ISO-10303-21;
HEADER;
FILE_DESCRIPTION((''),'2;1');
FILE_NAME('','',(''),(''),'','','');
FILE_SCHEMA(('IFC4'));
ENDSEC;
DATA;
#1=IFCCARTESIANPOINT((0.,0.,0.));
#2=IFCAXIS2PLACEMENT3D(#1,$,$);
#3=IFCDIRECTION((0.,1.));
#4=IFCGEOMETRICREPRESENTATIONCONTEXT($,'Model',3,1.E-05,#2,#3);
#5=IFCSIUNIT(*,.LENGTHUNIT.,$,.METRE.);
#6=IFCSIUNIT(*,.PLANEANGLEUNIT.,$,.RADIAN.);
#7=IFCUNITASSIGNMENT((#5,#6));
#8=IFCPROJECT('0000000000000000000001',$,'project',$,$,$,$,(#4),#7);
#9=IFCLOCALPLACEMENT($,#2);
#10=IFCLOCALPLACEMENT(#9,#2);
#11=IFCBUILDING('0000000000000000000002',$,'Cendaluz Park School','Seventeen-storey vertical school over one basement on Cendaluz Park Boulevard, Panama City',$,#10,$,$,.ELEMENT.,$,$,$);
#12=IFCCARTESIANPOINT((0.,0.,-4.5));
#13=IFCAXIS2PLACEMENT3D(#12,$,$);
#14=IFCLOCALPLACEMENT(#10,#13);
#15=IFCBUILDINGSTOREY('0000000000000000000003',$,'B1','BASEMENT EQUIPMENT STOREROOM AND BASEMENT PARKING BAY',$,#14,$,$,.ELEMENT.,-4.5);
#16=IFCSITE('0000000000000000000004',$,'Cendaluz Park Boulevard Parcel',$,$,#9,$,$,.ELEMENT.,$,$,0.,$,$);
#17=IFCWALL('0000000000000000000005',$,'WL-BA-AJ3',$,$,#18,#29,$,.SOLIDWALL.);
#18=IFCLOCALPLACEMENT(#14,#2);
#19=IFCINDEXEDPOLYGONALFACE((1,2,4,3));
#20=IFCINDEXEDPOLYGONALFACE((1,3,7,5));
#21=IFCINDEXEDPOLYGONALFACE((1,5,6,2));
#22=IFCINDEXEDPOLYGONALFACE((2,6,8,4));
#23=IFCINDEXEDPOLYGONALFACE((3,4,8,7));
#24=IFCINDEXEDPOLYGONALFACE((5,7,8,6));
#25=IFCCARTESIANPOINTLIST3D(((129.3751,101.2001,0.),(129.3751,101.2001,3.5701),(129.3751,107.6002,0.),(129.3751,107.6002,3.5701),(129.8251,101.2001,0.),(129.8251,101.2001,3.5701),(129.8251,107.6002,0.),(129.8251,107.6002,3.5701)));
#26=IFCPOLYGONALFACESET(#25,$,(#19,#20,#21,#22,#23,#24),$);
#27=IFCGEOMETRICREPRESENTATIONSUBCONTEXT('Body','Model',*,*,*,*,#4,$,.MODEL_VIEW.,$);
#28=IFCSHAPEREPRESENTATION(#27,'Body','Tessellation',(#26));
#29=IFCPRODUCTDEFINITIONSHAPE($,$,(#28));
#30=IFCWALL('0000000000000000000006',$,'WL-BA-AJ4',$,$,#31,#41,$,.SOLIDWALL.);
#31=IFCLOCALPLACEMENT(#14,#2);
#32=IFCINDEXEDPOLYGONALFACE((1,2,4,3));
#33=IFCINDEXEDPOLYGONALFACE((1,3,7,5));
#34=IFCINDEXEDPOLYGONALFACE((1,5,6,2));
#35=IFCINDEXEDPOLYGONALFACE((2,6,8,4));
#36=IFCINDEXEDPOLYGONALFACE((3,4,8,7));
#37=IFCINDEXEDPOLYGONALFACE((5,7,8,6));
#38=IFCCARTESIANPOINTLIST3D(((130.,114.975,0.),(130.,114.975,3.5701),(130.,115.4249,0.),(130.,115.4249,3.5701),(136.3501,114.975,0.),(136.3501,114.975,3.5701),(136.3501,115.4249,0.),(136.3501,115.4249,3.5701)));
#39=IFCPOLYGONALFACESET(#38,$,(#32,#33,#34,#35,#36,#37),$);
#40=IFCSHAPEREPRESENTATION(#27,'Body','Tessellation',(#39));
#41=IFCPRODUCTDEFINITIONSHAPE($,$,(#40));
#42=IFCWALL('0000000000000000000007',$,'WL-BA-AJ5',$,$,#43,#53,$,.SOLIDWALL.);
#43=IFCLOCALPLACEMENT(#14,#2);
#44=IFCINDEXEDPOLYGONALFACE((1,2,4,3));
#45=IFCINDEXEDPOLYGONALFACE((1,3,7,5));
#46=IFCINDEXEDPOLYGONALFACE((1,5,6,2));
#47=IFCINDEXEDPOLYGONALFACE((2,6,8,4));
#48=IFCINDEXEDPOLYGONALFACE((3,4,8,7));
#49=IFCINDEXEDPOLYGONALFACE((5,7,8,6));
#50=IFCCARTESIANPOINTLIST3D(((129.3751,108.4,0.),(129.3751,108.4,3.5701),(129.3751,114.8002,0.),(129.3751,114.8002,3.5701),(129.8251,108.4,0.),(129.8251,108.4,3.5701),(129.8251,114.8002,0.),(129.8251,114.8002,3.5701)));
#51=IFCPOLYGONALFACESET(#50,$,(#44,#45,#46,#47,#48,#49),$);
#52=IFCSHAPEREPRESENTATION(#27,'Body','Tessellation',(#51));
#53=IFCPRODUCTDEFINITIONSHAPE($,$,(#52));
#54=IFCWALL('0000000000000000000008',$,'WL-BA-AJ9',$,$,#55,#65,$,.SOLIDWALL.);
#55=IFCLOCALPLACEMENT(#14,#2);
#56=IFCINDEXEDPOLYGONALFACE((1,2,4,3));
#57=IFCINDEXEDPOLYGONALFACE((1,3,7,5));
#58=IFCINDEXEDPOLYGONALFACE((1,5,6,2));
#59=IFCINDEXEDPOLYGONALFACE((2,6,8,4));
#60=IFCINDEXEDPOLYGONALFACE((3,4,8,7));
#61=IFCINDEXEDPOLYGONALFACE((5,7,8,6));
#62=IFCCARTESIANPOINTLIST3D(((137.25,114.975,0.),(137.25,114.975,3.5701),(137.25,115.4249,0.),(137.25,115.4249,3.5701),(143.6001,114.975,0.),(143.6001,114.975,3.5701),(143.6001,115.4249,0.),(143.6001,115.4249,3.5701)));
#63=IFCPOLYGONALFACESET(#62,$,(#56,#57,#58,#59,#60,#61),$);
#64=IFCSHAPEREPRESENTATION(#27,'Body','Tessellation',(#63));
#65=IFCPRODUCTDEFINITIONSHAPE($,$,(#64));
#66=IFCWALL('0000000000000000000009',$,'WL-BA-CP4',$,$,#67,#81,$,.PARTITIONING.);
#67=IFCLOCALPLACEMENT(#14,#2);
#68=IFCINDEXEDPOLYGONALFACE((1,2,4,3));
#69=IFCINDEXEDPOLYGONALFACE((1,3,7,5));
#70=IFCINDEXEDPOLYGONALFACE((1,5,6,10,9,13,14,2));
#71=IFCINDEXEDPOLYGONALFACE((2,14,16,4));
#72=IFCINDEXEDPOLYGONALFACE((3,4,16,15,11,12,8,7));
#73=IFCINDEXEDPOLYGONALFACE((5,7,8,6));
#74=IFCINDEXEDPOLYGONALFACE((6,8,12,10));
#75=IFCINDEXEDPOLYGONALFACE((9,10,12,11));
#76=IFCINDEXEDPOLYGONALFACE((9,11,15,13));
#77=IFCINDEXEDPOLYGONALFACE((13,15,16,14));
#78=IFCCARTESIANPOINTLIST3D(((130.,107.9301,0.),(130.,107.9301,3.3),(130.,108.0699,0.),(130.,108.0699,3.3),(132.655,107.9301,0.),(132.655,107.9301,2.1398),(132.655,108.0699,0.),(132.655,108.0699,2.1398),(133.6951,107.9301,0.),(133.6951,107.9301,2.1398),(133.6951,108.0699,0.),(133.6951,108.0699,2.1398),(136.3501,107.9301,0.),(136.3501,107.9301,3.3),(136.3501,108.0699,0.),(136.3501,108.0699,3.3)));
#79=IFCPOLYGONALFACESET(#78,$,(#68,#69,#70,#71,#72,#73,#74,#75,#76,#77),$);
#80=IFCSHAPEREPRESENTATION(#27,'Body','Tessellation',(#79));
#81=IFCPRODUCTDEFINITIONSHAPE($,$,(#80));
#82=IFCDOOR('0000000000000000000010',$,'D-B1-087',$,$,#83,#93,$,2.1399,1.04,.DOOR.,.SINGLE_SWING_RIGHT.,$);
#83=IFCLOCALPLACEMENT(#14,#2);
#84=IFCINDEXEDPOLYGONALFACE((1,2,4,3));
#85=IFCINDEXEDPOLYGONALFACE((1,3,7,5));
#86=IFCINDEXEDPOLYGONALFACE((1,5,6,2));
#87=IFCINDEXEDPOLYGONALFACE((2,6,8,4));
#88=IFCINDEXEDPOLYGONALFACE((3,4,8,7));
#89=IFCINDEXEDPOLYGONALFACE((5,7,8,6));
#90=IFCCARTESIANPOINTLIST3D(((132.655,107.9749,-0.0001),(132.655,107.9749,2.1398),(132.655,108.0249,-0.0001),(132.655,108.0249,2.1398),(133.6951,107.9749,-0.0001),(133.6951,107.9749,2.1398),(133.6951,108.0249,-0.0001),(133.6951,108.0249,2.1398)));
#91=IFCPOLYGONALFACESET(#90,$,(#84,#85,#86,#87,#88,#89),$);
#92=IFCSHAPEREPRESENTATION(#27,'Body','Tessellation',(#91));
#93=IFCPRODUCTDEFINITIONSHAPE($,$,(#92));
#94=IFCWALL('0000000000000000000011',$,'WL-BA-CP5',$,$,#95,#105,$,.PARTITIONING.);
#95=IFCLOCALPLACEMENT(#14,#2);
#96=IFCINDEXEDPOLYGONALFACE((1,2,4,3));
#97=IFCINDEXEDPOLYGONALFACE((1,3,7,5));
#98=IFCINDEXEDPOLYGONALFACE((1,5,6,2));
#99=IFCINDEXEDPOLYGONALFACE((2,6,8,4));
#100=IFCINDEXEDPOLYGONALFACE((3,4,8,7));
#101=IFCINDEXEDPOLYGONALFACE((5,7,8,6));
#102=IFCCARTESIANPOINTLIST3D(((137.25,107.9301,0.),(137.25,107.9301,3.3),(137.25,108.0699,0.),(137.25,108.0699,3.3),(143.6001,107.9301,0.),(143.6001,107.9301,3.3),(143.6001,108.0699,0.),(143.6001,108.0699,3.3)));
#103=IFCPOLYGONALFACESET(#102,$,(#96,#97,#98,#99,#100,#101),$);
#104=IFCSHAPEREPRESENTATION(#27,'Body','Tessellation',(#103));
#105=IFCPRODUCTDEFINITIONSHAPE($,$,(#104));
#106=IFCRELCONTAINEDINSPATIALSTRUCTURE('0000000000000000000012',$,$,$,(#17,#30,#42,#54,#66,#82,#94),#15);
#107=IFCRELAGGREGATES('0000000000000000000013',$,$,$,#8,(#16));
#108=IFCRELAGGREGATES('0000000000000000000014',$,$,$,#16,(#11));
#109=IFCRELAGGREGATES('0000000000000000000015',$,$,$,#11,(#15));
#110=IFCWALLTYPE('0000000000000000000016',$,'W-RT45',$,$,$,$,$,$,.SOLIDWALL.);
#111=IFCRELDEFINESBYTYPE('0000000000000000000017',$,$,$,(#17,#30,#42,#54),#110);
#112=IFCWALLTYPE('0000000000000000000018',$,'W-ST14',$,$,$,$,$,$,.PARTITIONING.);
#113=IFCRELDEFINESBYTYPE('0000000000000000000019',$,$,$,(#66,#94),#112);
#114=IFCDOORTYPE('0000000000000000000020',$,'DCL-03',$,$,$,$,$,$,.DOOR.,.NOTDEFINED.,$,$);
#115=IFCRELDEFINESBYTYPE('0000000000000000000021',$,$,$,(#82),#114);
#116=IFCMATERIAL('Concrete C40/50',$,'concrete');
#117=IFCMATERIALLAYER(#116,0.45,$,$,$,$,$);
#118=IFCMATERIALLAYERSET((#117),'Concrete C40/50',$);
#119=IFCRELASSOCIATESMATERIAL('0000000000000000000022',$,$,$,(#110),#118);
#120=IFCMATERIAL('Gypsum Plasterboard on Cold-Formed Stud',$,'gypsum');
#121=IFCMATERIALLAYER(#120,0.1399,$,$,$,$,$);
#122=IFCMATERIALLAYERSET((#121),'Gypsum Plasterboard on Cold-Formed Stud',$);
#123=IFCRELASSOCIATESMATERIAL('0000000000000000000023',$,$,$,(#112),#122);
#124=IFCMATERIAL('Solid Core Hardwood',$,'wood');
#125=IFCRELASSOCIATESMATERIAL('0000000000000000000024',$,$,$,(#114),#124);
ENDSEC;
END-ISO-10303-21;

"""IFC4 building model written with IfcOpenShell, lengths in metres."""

from ifc_helpers import new_model, si_unit, direction, frame, frame_2d, origin, place, context, subcontext, project, spatial, rectangle, extrude, material, layer, layer_set, type_object, element, fill, save


model = new_model("IFC4")

# Units and contexts
model_context = context("Model", 3, precision=1e-05, world=origin(), true_north=direction((0.0, 1.0)))
body_context = subcontext(model_context, "Body", "Model", "MODEL_VIEW")
ifc_project = project(units=[si_unit("LENGTHUNIT", "METRE"), si_unit("PLANEANGLEUNIT", "RADIAN")], contexts=[model_context])

# Site, building, storey
site_placement = place(None, origin())
site = spatial("IfcSite", under=ifc_project, at=site_placement, Name="Cendaluz Park Boulevard Parcel", CompositionType="ELEMENT", RefElevation=0.0)
building_placement = place(site_placement, origin())
building = spatial("IfcBuilding", under=site, at=building_placement, Name="Cendaluz Park School", Description="Seventeen-storey vertical school over one basement on Cendaluz Park Boulevard, Panama City", CompositionType="ELEMENT")
storey_placement = place(building_placement, frame((0.0, 0.0, -4.5)))
storey = spatial("IfcBuildingStorey", under=building, at=storey_placement, Name="B1", Description="BASEMENT EQUIPMENT STOREROOM AND BASEMENT PARKING BAY", CompositionType="ELEMENT", Elevation=-4.5)

# Shared definitions
ifc_material_1 = material(Name="Concrete C40/50", Category="concrete")

# Walls
ifc_material_2 = material(Name="Gypsum Plasterboard on Cold-Formed Stud", Category="gypsum")
ifc_layer_1 = layer(ifc_material_1, 0.45)
ifc_layer_set_1 = layer_set([ifc_layer_1], Name="Concrete C40/50")
wall_type_1 = type_object("IfcWallType", Name="W-RT45", PredefinedType="SOLIDWALL", material=ifc_layer_set_1)
wall_1_placement = place(storey_placement, frame((129.6001, 101.2, 0.0), z_axis=(0.0, 0.0, 1.0), x_axis=(0.0, 1.0, 0.0)))
element("IfcWall", 1, at=wall_1_placement, inside=storey, type_object=wall_type_1, Name="WL-BA-AJ3", PredefinedType="SOLIDWALL", context=body_context, shape_type="SweptSolid", body=[
    extrude(rectangle(XDim=6.4001, YDim=0.45, at=frame_2d((3.2002, 0.0))), origin(), (0.0, 0.0, 1.0), 3.5701),
])
wall_2_placement = place(storey_placement, frame((130.0, 115.2, 0.0), z_axis=(0.0, 0.0, 1.0), x_axis=(1.0, 0.0, 0.0)))
element("IfcWall", 2, at=wall_2_placement, inside=storey, type_object=wall_type_1, Name="WL-BA-AJ4", PredefinedType="SOLIDWALL", context=body_context, shape_type="SweptSolid", body=[
    extrude(rectangle(XDim=6.3501, YDim=0.45, at=frame_2d((3.175, 0.0))), origin(), (0.0, 0.0, 1.0), 3.5701),
])
wall_3_placement = place(storey_placement, frame((129.6001, 108.3999, 0.0), z_axis=(0.0, 0.0, 1.0), x_axis=(0.0, 1.0, 0.0)))
element("IfcWall", 3, at=wall_3_placement, inside=storey, type_object=wall_type_1, Name="WL-BA-AJ5", PredefinedType="SOLIDWALL", context=body_context, shape_type="SweptSolid", body=[
    extrude(rectangle(XDim=6.4001, YDim=0.45, at=frame_2d((3.2002, 0.0))), origin(), (0.0, 0.0, 1.0), 3.5701),
])
wall_4_placement = place(storey_placement, frame((137.25, 115.2, 0.0), z_axis=(0.0, 0.0, 1.0), x_axis=(1.0, 0.0, 0.0)))
element("IfcWall", 4, at=wall_4_placement, inside=storey, type_object=wall_type_1, Name="WL-BA-AJ9", PredefinedType="SOLIDWALL", context=body_context, shape_type="SweptSolid", body=[
    extrude(rectangle(XDim=6.3501, YDim=0.45, at=frame_2d((3.175, 0.0))), origin(), (0.0, 0.0, 1.0), 3.5701),
])

# Wall, opening, door
ifc_layer_2 = layer(ifc_material_2, 0.1399)
ifc_layer_set_2 = layer_set([ifc_layer_2], Name="Gypsum Plasterboard on Cold-Formed Stud")
wall_type_2 = type_object("IfcWallType", Name="W-ST14", PredefinedType="PARTITIONING", material=ifc_layer_set_2)
wall_5_placement = place(storey_placement, frame((130.0, 108.0, 0.0), z_axis=(0.0, 0.0, 1.0), x_axis=(1.0, 0.0, 0.0)))
wall_5 = element("IfcWall", 5, at=wall_5_placement, inside=storey, type_object=wall_type_2, Name="WL-BA-CP4", PredefinedType="PARTITIONING", context=body_context, shape_type="SweptSolid", body=[
    extrude(rectangle(XDim=6.3501, YDim=0.1399, at=frame_2d((3.175, 0.0))), origin(), (0.0, 0.0, 1.0), 3.3),
])
opening_placement = place(wall_5_placement, frame((2.655, 0.0, 0.0)))
opening = element("IfcOpeningElement", 6, at=opening_placement, cuts=wall_5, PredefinedType="OPENING", context=body_context, shape_type="SweptSolid", body=[
    extrude(rectangle(XDim=1.04, YDim=2.1399, at=frame_2d((0.52, 1.0698))), frame((0.0, 0.082, 0.0), z_axis=(0.0, -1.0, 0.0), x_axis=(1.0, 0.0, 0.0)), (0.0, 0.0, 1.0), 0.1638),
])
ifc_material_3 = material(Name="Solid Core Hardwood", Category="wood")
door_type = type_object("IfcDoorType", Name="DCL-03", OperationType="NOTDEFINED", PredefinedType="DOOR", material=ifc_material_3)
door_placement = place(opening_placement, origin())
door = element("IfcDoor", 7, at=door_placement, inside=storey, type_object=door_type, Name="D-B1-087", OperationType="SINGLE_SWING_RIGHT", OverallHeight=2.1399, OverallWidth=1.04, PredefinedType="DOOR", context=body_context, shape_type="SweptSolid", body=[
    extrude(rectangle(XDim=1.04, YDim=2.1399, at=frame_2d((0.52, 1.0698))), frame((0.0, 0.0249, 0.0), z_axis=(0.0, -1.0, 0.0), x_axis=(1.0, 0.0, 0.0)), (0.0, 0.0, 1.0), 0.05),
])
fill(opening, door)

# Wall
wall_6_placement = place(storey_placement, frame((137.25, 108.0, 0.0), z_axis=(0.0, 0.0, 1.0), x_axis=(1.0, 0.0, 0.0)))
element("IfcWall", 8, at=wall_6_placement, inside=storey, type_object=wall_type_2, Name="WL-BA-CP5", PredefinedType="PARTITIONING", context=body_context, shape_type="SweptSolid", body=[
    extrude(rectangle(XDim=6.3501, YDim=0.1399, at=frame_2d((3.175, 0.0))), origin(), (0.0, 0.0, 1.0), 3.3),
])

save(model, "model.ifc")
